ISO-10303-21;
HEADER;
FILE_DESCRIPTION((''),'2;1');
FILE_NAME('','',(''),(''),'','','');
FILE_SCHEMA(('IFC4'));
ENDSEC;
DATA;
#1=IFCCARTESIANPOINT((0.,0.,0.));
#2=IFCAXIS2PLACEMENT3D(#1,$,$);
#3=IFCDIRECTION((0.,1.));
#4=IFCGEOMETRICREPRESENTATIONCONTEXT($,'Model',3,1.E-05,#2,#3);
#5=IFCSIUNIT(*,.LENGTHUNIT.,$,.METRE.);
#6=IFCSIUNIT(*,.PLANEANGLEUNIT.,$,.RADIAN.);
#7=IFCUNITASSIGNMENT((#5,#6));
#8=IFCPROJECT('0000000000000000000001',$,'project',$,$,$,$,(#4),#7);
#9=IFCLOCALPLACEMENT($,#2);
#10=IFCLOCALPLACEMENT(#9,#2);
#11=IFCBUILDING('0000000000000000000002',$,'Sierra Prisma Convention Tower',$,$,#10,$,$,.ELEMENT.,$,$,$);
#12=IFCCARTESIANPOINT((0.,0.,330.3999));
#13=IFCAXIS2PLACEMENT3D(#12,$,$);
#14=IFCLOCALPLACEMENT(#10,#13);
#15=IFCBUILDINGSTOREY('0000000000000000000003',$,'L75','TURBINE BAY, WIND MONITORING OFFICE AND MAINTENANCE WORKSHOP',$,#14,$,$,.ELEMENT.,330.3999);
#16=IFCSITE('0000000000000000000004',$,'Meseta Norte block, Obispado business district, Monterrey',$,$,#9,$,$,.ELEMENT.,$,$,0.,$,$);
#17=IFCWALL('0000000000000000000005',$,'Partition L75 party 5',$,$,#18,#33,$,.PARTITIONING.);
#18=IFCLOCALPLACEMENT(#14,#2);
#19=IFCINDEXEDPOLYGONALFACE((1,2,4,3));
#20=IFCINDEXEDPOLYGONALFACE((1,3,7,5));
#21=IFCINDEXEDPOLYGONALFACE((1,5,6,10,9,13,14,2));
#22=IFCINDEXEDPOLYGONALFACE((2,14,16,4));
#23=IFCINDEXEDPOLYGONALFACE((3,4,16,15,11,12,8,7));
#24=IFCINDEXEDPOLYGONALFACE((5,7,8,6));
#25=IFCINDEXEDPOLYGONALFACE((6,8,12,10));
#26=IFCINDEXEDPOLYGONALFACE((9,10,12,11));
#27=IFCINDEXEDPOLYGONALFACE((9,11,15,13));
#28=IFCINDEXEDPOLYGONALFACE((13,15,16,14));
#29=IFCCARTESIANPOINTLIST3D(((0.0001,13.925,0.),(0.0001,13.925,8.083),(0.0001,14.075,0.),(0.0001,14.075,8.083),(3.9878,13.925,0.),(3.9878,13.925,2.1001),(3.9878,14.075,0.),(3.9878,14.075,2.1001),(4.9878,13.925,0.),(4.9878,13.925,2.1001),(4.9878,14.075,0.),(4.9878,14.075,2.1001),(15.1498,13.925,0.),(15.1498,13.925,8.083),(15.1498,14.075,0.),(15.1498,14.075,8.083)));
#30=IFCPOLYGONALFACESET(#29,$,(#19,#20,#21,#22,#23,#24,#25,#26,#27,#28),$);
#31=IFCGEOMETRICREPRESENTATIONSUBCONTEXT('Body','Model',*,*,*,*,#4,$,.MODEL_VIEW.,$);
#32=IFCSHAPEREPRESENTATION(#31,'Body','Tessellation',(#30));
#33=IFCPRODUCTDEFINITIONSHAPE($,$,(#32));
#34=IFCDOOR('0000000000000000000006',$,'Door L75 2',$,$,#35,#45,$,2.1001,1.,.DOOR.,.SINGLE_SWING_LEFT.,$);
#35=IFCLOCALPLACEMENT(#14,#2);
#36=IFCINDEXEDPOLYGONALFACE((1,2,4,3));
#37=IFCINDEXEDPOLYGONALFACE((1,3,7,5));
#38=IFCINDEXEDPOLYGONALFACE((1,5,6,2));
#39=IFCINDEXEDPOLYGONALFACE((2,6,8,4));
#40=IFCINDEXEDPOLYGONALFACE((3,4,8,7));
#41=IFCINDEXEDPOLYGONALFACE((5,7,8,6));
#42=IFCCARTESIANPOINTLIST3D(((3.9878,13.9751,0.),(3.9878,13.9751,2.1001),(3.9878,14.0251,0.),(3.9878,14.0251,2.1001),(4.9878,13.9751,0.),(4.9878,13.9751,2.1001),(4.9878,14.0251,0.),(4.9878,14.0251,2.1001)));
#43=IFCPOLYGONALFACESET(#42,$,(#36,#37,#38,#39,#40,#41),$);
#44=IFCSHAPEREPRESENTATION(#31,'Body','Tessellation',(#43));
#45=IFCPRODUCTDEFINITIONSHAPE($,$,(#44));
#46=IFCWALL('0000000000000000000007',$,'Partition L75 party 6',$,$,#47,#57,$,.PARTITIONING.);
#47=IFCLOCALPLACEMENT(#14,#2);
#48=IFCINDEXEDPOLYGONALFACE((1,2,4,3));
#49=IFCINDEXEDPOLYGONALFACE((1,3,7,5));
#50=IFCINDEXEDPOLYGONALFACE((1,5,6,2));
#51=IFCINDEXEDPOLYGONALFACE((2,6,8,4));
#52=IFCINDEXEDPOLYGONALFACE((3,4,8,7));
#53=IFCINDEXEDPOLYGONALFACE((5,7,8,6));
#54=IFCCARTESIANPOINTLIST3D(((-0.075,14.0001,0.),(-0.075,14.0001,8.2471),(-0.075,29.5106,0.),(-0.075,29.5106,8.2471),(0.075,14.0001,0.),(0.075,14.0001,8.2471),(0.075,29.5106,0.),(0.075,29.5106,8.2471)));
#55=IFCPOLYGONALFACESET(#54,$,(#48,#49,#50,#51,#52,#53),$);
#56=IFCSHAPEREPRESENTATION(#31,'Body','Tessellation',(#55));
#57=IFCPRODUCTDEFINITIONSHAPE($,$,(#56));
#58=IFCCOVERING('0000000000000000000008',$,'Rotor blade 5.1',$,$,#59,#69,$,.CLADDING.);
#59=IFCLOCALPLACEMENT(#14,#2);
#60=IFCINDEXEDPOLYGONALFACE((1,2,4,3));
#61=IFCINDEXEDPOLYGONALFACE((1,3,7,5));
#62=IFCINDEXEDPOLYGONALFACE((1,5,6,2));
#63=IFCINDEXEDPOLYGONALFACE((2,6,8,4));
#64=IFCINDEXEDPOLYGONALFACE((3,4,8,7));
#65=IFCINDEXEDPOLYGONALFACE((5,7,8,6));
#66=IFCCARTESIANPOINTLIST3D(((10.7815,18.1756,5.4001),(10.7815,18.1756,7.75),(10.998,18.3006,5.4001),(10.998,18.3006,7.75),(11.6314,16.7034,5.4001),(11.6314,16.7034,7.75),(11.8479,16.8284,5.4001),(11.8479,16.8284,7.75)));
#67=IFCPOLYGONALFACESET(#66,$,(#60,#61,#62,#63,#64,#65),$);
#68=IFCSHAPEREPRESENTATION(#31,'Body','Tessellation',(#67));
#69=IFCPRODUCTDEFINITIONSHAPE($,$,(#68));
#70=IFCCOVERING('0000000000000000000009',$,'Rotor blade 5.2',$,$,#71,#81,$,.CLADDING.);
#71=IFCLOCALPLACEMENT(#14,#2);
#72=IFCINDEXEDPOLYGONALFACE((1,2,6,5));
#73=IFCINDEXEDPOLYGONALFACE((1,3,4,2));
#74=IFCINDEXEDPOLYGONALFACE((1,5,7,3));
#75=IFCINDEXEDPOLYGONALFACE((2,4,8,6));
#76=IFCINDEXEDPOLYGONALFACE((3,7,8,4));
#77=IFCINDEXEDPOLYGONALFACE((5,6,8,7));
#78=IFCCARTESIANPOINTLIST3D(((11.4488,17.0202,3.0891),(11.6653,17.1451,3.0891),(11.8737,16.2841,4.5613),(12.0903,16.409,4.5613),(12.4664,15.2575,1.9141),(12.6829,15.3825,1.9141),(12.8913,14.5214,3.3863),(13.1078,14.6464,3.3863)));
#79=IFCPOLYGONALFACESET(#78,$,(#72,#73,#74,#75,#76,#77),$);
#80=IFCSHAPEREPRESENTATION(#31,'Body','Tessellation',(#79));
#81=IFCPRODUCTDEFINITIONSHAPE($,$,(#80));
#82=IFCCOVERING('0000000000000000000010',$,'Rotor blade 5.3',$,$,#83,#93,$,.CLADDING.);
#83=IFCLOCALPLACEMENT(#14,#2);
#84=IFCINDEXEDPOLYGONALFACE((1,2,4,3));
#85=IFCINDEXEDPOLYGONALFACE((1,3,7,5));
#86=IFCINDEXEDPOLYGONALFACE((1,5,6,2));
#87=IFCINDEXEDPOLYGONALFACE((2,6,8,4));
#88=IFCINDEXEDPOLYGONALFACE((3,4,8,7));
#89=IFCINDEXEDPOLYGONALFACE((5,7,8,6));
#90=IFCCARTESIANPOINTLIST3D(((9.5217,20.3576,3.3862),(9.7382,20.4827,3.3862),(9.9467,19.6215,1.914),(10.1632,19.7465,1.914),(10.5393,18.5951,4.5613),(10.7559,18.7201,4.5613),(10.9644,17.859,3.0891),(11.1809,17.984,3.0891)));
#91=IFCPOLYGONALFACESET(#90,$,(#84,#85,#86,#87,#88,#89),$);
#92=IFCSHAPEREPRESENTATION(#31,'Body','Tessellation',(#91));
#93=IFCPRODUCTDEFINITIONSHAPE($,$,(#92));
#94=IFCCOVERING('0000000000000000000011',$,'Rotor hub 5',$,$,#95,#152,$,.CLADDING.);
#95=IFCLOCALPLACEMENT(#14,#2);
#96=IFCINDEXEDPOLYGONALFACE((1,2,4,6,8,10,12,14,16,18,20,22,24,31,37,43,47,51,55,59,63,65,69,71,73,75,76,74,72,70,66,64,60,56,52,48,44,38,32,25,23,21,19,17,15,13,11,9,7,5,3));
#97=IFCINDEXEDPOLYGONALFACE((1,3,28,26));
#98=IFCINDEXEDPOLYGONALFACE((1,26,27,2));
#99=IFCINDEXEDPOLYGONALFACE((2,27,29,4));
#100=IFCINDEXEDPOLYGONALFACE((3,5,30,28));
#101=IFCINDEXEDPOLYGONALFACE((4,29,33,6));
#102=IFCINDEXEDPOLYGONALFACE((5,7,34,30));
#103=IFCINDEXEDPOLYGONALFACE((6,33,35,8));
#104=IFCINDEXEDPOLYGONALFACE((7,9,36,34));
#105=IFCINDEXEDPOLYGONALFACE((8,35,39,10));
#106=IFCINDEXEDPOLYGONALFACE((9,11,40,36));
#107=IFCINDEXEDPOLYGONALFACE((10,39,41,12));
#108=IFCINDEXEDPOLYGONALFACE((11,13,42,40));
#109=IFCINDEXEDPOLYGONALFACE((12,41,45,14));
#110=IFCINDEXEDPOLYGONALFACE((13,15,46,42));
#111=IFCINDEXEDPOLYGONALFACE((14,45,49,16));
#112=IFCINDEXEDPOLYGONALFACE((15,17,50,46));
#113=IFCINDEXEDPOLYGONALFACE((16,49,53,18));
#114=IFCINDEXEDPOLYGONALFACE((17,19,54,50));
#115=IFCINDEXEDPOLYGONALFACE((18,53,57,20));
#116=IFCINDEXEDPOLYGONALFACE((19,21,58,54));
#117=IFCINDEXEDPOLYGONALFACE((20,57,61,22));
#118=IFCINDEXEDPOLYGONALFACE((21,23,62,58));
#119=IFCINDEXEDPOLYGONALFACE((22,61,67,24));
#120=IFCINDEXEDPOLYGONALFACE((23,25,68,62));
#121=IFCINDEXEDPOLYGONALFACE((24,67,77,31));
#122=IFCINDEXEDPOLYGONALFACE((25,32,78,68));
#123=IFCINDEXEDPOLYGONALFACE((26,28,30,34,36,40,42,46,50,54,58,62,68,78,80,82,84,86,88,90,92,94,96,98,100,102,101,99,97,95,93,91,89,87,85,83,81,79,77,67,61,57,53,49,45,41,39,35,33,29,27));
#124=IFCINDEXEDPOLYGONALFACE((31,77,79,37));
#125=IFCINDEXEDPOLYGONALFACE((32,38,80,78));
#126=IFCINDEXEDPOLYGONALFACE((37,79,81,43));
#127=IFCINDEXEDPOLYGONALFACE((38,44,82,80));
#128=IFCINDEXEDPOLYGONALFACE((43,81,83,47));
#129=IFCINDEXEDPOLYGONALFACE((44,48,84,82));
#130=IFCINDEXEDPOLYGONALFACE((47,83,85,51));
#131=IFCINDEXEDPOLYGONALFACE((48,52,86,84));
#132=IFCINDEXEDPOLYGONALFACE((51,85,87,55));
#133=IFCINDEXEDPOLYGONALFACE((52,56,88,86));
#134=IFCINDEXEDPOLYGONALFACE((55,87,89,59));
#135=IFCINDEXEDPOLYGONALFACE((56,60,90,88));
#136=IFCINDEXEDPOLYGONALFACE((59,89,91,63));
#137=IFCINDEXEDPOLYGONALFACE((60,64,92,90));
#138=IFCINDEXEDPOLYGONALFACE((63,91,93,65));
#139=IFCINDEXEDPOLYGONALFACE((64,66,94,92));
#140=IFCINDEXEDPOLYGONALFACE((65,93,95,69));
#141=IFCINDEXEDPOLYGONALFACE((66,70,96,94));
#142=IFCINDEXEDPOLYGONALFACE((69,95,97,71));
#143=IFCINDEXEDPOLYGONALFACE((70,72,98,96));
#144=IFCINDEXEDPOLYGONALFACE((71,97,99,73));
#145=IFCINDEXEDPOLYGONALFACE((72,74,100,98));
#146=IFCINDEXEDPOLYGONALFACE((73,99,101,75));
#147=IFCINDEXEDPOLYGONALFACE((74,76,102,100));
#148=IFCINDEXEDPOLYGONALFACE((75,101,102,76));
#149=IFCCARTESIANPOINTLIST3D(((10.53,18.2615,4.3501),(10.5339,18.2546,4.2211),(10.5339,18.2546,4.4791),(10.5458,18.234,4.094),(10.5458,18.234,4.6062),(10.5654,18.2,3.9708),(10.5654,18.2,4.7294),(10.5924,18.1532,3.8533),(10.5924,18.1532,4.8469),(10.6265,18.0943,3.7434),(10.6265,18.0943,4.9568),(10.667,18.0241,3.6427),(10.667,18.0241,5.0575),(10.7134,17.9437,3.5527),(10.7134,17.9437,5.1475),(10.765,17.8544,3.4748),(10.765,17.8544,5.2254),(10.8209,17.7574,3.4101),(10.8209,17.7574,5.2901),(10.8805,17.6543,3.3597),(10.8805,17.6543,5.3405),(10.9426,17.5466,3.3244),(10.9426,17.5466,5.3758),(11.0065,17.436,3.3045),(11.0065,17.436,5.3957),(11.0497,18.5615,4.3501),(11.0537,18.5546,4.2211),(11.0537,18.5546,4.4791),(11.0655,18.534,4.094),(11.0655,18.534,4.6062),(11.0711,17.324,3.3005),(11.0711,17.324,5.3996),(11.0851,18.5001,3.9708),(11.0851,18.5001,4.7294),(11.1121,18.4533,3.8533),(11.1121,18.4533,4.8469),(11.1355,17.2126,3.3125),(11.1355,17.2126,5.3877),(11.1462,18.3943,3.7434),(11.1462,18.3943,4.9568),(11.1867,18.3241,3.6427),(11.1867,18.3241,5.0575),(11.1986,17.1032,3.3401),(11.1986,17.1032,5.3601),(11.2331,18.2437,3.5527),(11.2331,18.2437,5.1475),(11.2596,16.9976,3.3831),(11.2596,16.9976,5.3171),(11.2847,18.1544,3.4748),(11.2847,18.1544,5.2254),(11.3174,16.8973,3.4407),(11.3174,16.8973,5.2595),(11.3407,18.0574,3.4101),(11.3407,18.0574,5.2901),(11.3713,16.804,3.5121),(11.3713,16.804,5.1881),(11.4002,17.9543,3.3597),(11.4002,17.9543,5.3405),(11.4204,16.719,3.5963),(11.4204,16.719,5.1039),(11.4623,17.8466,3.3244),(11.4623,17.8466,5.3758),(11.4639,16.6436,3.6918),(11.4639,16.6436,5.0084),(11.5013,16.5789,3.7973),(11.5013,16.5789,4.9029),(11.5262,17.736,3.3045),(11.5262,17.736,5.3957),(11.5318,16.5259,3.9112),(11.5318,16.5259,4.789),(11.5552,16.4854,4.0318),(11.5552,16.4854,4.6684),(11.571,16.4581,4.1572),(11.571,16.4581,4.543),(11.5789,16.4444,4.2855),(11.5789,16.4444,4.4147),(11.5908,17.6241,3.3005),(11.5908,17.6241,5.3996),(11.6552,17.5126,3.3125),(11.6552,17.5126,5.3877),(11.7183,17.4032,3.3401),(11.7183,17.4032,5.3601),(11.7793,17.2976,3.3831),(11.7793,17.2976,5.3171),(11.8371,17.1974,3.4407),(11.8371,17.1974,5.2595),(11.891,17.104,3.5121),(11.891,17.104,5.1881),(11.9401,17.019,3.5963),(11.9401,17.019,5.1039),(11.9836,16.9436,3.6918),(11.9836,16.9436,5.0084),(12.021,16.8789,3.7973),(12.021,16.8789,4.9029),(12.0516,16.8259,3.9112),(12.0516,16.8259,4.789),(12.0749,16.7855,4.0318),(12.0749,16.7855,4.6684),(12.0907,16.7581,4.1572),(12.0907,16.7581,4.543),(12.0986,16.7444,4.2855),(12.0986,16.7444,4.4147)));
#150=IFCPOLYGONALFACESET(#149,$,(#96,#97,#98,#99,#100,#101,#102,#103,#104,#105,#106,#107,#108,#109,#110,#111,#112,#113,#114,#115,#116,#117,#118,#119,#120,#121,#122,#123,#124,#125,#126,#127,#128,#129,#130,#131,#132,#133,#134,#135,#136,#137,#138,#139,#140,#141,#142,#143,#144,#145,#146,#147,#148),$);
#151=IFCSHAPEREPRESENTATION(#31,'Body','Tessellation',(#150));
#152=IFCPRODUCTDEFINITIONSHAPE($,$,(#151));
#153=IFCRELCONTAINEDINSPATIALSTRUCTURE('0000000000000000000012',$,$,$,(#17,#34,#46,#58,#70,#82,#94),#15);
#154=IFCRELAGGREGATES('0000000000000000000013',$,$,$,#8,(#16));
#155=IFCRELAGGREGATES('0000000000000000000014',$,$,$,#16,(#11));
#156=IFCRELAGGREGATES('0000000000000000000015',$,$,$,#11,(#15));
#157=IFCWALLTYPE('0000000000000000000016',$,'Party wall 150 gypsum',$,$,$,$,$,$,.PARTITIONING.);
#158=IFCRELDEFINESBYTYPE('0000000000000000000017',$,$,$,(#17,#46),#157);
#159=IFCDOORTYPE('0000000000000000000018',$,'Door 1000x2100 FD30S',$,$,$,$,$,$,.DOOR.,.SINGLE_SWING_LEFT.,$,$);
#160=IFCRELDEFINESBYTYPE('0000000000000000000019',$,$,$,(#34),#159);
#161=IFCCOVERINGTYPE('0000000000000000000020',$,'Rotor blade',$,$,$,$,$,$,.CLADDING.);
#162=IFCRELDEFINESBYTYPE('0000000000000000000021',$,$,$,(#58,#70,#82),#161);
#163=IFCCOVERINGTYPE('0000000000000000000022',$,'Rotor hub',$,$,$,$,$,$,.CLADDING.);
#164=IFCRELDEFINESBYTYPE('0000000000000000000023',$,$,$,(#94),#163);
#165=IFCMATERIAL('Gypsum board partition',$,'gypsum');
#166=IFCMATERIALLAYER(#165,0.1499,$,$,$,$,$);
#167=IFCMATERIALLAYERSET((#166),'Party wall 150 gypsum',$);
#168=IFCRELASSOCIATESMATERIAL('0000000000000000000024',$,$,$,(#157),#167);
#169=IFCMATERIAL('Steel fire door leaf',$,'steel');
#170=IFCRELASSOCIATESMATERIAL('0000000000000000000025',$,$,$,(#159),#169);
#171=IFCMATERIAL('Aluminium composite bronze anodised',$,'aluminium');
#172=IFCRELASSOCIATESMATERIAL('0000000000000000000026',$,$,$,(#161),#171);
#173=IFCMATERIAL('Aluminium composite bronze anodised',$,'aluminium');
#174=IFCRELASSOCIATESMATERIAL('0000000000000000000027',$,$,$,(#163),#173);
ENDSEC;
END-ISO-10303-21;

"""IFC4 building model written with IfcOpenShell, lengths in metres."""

from ifc_helpers import new_model, si_unit, direction, frame, frame_2d, origin, origin_2d, place, context, subcontext, project, spatial, rectangle, circle, extrude, material, layer, layer_set, material_profile, profile_set, type_object, element, fill, save


model = new_model("IFC4")

# Units and contexts
model_context = context("Model", 3, precision=1e-05, world=origin(), true_north=direction((0.0, 1.0)))
body_context = subcontext(model_context, "Body", "Model", "MODEL_VIEW")
ifc_project = project(units=[si_unit("LENGTHUNIT", "METRE"), si_unit("PLANEANGLEUNIT", "RADIAN")], contexts=[model_context])

# Site, building, storey
site_placement = place(None, origin())
site = spatial("IfcSite", under=ifc_project, at=site_placement, Name="Meseta Norte block, Obispado business district, Monterrey", CompositionType="ELEMENT", RefElevation=0.0)
building_placement = place(site_placement, origin())
building = spatial("IfcBuilding", under=site, at=building_placement, Name="Sierra Prisma Convention Tower", CompositionType="ELEMENT")
storey_placement = place(building_placement, frame((0.0, 0.0, 330.3999)))
storey = spatial("IfcBuildingStorey", under=building, at=storey_placement, Name="L75", Description="TURBINE BAY, WIND MONITORING OFFICE AND MAINTENANCE WORKSHOP", CompositionType="ELEMENT", Elevation=330.3999)

# Wall, opening, door
ifc_material_1 = material(Name="Gypsum board partition", Category="gypsum")
ifc_layer = layer(ifc_material_1, 0.1499)
ifc_layer_set = layer_set([ifc_layer], Name="Party wall 150 gypsum")
wall_type = type_object("IfcWallType", Name="Party wall 150 gypsum", PredefinedType="PARTITIONING", material=ifc_layer_set)
wall_1_placement = place(storey_placement, frame((15.1497, 14.0, 0.0), z_axis=(0.0, 0.0, 1.0), x_axis=(-1.0, 0.0, 0.0)))
wall_1 = element("IfcWall", 1, at=wall_1_placement, inside=storey, type_object=wall_type, Name="Partition L75 party 5", PredefinedType="PARTITIONING", context=body_context, shape_type="SweptSolid", body=[
    extrude(rectangle(XDim=15.1497, YDim=0.1499, at=frame_2d((7.5747, 0.0))), origin(), (0.0, 0.0, 1.0), 8.083),
])
opening_placement = place(wall_1_placement, frame((10.1619, 0.0, 0.0)))
opening = element("IfcOpeningElement", 2, at=opening_placement, cuts=wall_1, PredefinedType="OPENING", context=body_context, shape_type="SweptSolid", body=[
    extrude(rectangle(XDim=1.0, YDim=2.1001, at=frame_2d((0.5, 1.05))), frame((0.0, 0.075, 0.0), z_axis=(0.0, -1.0, 0.0), x_axis=(1.0, 0.0, 0.0)), (0.0, 0.0, 1.0), 0.1499),
])
ifc_material_2 = material(Name="Steel fire door leaf", Category="steel")
door_type = type_object("IfcDoorType", Name="Door 1000x2100 FD30S", OperationType="SINGLE_SWING_LEFT", PredefinedType="DOOR", material=ifc_material_2)
door_placement = place(opening_placement, origin())
door = element("IfcDoor", 3, at=door_placement, inside=storey, type_object=door_type, Name="Door L75 2", OperationType="SINGLE_SWING_LEFT", OverallHeight=2.1001, OverallWidth=1.0, PredefinedType="DOOR", context=body_context, shape_type="SweptSolid", body=[
    extrude(rectangle(XDim=1.0, YDim=2.1001, at=frame_2d((0.5, 1.05))), frame((0.0, 0.0249, 0.0), z_axis=(0.0, -1.0, 0.0), x_axis=(1.0, 0.0, 0.0)), (0.0, 0.0, 1.0), 0.05),
])
fill(opening, door)

# Wall
wall_2_placement = place(storey_placement, frame((0.0, 14.0, 0.0), z_axis=(0.0, 0.0, 1.0), x_axis=(0.0, 1.0, 0.0)))
element("IfcWall", 4, at=wall_2_placement, inside=storey, type_object=wall_type, Name="Partition L75 party 6", PredefinedType="PARTITIONING", context=body_context, shape_type="SweptSolid", body=[
    extrude(rectangle(XDim=15.5105, YDim=0.1499, at=frame_2d((7.7554, 0.0))), origin(), (0.0, 0.0, 1.0), 8.2471),
])

# Coverings
ifc_material_3 = material(Name="Aluminium composite bronze anodised", Category="aluminium")
ifc_material_profile_1 = material_profile(ifc_material_3, rectangle(XDim=0.25, YDim=1.7, at=origin_2d()), Name="ROTOR BLADE 250x1700")
ifc_profile_set_1 = profile_set([ifc_material_profile_1], Name="Aluminium composite bronze anodised")
covering_type_1 = type_object("IfcCoveringType", Name="Rotor blade", PredefinedType="CLADDING", material=ifc_profile_set_1)
covering_1_placement = place(storey_placement, frame((11.3147, 17.502, 5.4001), z_axis=(0.0, 0.0, 1.0), x_axis=(0.866025, 0.5, 0.0)))
element("IfcCovering", 5, at=covering_1_placement, inside=storey, type_object=covering_type_1, Name="Rotor blade 5.1", PredefinedType="CLADDING", context=body_context, shape_type="SweptSolid", body=[
    extrude(rectangle(XDim=0.25, YDim=1.7, at=origin_2d()), origin(), (0.0, 0.0, 1.0), 2.3499),
])
for number, where, z_axis, x_axis, name in (
    (6, (11.7695, 16.7146, 3.8252), (0.432981, -0.750029, -0.499985), (0.86605, 0.499958, 0.0), "Rotor blade 5.2"),
    (7, (10.8601, 18.2896, 3.8252), (-0.433014, 0.749983, -0.500024), (-0.86602, -0.50001, 0.0), "Rotor blade 5.3"),
):
    element("IfcCovering", number, at=place(storey_placement, frame(where, z_axis=z_axis, x_axis=x_axis)), inside=storey, type_object=covering_type_1, Name=name, PredefinedType="CLADDING", context=body_context, shape_type="SweptSolid", body=[
        extrude(rectangle(XDim=0.25, YDim=1.7, at=origin_2d()), origin(), (0.0, 0.0, 1.0), 2.3501),
    ])
ifc_material_4 = material(Name="Aluminium composite bronze anodised", Category="aluminium")
ifc_material_profile_2 = material_profile(ifc_material_4, circle(Radius=1.05, at=origin_2d()), Name="ROTOR HUB 2100")
ifc_profile_set_2 = profile_set([ifc_material_profile_2], Name="Aluminium composite bronze anodised")
covering_type_2 = type_object("IfcCoveringType", Name="Rotor hub", PredefinedType="CLADDING", material=ifc_profile_set_2)
covering_2_placement = place(storey_placement, frame((11.0549, 17.3521, 4.3501), z_axis=(0.866057, 0.499945, 0.0), x_axis=(-0.499945, 0.866057, 0.0)))
element("IfcCovering", 8, at=covering_2_placement, inside=storey, type_object=covering_type_2, Name="Rotor hub 5", PredefinedType="CLADDING", context=body_context, shape_type="SweptSolid", body=[
    extrude(circle(Radius=1.05, at=origin_2d()), origin(), (0.0, 0.0, 1.0), 0.6001),
])

save(model, "model.ifc")
